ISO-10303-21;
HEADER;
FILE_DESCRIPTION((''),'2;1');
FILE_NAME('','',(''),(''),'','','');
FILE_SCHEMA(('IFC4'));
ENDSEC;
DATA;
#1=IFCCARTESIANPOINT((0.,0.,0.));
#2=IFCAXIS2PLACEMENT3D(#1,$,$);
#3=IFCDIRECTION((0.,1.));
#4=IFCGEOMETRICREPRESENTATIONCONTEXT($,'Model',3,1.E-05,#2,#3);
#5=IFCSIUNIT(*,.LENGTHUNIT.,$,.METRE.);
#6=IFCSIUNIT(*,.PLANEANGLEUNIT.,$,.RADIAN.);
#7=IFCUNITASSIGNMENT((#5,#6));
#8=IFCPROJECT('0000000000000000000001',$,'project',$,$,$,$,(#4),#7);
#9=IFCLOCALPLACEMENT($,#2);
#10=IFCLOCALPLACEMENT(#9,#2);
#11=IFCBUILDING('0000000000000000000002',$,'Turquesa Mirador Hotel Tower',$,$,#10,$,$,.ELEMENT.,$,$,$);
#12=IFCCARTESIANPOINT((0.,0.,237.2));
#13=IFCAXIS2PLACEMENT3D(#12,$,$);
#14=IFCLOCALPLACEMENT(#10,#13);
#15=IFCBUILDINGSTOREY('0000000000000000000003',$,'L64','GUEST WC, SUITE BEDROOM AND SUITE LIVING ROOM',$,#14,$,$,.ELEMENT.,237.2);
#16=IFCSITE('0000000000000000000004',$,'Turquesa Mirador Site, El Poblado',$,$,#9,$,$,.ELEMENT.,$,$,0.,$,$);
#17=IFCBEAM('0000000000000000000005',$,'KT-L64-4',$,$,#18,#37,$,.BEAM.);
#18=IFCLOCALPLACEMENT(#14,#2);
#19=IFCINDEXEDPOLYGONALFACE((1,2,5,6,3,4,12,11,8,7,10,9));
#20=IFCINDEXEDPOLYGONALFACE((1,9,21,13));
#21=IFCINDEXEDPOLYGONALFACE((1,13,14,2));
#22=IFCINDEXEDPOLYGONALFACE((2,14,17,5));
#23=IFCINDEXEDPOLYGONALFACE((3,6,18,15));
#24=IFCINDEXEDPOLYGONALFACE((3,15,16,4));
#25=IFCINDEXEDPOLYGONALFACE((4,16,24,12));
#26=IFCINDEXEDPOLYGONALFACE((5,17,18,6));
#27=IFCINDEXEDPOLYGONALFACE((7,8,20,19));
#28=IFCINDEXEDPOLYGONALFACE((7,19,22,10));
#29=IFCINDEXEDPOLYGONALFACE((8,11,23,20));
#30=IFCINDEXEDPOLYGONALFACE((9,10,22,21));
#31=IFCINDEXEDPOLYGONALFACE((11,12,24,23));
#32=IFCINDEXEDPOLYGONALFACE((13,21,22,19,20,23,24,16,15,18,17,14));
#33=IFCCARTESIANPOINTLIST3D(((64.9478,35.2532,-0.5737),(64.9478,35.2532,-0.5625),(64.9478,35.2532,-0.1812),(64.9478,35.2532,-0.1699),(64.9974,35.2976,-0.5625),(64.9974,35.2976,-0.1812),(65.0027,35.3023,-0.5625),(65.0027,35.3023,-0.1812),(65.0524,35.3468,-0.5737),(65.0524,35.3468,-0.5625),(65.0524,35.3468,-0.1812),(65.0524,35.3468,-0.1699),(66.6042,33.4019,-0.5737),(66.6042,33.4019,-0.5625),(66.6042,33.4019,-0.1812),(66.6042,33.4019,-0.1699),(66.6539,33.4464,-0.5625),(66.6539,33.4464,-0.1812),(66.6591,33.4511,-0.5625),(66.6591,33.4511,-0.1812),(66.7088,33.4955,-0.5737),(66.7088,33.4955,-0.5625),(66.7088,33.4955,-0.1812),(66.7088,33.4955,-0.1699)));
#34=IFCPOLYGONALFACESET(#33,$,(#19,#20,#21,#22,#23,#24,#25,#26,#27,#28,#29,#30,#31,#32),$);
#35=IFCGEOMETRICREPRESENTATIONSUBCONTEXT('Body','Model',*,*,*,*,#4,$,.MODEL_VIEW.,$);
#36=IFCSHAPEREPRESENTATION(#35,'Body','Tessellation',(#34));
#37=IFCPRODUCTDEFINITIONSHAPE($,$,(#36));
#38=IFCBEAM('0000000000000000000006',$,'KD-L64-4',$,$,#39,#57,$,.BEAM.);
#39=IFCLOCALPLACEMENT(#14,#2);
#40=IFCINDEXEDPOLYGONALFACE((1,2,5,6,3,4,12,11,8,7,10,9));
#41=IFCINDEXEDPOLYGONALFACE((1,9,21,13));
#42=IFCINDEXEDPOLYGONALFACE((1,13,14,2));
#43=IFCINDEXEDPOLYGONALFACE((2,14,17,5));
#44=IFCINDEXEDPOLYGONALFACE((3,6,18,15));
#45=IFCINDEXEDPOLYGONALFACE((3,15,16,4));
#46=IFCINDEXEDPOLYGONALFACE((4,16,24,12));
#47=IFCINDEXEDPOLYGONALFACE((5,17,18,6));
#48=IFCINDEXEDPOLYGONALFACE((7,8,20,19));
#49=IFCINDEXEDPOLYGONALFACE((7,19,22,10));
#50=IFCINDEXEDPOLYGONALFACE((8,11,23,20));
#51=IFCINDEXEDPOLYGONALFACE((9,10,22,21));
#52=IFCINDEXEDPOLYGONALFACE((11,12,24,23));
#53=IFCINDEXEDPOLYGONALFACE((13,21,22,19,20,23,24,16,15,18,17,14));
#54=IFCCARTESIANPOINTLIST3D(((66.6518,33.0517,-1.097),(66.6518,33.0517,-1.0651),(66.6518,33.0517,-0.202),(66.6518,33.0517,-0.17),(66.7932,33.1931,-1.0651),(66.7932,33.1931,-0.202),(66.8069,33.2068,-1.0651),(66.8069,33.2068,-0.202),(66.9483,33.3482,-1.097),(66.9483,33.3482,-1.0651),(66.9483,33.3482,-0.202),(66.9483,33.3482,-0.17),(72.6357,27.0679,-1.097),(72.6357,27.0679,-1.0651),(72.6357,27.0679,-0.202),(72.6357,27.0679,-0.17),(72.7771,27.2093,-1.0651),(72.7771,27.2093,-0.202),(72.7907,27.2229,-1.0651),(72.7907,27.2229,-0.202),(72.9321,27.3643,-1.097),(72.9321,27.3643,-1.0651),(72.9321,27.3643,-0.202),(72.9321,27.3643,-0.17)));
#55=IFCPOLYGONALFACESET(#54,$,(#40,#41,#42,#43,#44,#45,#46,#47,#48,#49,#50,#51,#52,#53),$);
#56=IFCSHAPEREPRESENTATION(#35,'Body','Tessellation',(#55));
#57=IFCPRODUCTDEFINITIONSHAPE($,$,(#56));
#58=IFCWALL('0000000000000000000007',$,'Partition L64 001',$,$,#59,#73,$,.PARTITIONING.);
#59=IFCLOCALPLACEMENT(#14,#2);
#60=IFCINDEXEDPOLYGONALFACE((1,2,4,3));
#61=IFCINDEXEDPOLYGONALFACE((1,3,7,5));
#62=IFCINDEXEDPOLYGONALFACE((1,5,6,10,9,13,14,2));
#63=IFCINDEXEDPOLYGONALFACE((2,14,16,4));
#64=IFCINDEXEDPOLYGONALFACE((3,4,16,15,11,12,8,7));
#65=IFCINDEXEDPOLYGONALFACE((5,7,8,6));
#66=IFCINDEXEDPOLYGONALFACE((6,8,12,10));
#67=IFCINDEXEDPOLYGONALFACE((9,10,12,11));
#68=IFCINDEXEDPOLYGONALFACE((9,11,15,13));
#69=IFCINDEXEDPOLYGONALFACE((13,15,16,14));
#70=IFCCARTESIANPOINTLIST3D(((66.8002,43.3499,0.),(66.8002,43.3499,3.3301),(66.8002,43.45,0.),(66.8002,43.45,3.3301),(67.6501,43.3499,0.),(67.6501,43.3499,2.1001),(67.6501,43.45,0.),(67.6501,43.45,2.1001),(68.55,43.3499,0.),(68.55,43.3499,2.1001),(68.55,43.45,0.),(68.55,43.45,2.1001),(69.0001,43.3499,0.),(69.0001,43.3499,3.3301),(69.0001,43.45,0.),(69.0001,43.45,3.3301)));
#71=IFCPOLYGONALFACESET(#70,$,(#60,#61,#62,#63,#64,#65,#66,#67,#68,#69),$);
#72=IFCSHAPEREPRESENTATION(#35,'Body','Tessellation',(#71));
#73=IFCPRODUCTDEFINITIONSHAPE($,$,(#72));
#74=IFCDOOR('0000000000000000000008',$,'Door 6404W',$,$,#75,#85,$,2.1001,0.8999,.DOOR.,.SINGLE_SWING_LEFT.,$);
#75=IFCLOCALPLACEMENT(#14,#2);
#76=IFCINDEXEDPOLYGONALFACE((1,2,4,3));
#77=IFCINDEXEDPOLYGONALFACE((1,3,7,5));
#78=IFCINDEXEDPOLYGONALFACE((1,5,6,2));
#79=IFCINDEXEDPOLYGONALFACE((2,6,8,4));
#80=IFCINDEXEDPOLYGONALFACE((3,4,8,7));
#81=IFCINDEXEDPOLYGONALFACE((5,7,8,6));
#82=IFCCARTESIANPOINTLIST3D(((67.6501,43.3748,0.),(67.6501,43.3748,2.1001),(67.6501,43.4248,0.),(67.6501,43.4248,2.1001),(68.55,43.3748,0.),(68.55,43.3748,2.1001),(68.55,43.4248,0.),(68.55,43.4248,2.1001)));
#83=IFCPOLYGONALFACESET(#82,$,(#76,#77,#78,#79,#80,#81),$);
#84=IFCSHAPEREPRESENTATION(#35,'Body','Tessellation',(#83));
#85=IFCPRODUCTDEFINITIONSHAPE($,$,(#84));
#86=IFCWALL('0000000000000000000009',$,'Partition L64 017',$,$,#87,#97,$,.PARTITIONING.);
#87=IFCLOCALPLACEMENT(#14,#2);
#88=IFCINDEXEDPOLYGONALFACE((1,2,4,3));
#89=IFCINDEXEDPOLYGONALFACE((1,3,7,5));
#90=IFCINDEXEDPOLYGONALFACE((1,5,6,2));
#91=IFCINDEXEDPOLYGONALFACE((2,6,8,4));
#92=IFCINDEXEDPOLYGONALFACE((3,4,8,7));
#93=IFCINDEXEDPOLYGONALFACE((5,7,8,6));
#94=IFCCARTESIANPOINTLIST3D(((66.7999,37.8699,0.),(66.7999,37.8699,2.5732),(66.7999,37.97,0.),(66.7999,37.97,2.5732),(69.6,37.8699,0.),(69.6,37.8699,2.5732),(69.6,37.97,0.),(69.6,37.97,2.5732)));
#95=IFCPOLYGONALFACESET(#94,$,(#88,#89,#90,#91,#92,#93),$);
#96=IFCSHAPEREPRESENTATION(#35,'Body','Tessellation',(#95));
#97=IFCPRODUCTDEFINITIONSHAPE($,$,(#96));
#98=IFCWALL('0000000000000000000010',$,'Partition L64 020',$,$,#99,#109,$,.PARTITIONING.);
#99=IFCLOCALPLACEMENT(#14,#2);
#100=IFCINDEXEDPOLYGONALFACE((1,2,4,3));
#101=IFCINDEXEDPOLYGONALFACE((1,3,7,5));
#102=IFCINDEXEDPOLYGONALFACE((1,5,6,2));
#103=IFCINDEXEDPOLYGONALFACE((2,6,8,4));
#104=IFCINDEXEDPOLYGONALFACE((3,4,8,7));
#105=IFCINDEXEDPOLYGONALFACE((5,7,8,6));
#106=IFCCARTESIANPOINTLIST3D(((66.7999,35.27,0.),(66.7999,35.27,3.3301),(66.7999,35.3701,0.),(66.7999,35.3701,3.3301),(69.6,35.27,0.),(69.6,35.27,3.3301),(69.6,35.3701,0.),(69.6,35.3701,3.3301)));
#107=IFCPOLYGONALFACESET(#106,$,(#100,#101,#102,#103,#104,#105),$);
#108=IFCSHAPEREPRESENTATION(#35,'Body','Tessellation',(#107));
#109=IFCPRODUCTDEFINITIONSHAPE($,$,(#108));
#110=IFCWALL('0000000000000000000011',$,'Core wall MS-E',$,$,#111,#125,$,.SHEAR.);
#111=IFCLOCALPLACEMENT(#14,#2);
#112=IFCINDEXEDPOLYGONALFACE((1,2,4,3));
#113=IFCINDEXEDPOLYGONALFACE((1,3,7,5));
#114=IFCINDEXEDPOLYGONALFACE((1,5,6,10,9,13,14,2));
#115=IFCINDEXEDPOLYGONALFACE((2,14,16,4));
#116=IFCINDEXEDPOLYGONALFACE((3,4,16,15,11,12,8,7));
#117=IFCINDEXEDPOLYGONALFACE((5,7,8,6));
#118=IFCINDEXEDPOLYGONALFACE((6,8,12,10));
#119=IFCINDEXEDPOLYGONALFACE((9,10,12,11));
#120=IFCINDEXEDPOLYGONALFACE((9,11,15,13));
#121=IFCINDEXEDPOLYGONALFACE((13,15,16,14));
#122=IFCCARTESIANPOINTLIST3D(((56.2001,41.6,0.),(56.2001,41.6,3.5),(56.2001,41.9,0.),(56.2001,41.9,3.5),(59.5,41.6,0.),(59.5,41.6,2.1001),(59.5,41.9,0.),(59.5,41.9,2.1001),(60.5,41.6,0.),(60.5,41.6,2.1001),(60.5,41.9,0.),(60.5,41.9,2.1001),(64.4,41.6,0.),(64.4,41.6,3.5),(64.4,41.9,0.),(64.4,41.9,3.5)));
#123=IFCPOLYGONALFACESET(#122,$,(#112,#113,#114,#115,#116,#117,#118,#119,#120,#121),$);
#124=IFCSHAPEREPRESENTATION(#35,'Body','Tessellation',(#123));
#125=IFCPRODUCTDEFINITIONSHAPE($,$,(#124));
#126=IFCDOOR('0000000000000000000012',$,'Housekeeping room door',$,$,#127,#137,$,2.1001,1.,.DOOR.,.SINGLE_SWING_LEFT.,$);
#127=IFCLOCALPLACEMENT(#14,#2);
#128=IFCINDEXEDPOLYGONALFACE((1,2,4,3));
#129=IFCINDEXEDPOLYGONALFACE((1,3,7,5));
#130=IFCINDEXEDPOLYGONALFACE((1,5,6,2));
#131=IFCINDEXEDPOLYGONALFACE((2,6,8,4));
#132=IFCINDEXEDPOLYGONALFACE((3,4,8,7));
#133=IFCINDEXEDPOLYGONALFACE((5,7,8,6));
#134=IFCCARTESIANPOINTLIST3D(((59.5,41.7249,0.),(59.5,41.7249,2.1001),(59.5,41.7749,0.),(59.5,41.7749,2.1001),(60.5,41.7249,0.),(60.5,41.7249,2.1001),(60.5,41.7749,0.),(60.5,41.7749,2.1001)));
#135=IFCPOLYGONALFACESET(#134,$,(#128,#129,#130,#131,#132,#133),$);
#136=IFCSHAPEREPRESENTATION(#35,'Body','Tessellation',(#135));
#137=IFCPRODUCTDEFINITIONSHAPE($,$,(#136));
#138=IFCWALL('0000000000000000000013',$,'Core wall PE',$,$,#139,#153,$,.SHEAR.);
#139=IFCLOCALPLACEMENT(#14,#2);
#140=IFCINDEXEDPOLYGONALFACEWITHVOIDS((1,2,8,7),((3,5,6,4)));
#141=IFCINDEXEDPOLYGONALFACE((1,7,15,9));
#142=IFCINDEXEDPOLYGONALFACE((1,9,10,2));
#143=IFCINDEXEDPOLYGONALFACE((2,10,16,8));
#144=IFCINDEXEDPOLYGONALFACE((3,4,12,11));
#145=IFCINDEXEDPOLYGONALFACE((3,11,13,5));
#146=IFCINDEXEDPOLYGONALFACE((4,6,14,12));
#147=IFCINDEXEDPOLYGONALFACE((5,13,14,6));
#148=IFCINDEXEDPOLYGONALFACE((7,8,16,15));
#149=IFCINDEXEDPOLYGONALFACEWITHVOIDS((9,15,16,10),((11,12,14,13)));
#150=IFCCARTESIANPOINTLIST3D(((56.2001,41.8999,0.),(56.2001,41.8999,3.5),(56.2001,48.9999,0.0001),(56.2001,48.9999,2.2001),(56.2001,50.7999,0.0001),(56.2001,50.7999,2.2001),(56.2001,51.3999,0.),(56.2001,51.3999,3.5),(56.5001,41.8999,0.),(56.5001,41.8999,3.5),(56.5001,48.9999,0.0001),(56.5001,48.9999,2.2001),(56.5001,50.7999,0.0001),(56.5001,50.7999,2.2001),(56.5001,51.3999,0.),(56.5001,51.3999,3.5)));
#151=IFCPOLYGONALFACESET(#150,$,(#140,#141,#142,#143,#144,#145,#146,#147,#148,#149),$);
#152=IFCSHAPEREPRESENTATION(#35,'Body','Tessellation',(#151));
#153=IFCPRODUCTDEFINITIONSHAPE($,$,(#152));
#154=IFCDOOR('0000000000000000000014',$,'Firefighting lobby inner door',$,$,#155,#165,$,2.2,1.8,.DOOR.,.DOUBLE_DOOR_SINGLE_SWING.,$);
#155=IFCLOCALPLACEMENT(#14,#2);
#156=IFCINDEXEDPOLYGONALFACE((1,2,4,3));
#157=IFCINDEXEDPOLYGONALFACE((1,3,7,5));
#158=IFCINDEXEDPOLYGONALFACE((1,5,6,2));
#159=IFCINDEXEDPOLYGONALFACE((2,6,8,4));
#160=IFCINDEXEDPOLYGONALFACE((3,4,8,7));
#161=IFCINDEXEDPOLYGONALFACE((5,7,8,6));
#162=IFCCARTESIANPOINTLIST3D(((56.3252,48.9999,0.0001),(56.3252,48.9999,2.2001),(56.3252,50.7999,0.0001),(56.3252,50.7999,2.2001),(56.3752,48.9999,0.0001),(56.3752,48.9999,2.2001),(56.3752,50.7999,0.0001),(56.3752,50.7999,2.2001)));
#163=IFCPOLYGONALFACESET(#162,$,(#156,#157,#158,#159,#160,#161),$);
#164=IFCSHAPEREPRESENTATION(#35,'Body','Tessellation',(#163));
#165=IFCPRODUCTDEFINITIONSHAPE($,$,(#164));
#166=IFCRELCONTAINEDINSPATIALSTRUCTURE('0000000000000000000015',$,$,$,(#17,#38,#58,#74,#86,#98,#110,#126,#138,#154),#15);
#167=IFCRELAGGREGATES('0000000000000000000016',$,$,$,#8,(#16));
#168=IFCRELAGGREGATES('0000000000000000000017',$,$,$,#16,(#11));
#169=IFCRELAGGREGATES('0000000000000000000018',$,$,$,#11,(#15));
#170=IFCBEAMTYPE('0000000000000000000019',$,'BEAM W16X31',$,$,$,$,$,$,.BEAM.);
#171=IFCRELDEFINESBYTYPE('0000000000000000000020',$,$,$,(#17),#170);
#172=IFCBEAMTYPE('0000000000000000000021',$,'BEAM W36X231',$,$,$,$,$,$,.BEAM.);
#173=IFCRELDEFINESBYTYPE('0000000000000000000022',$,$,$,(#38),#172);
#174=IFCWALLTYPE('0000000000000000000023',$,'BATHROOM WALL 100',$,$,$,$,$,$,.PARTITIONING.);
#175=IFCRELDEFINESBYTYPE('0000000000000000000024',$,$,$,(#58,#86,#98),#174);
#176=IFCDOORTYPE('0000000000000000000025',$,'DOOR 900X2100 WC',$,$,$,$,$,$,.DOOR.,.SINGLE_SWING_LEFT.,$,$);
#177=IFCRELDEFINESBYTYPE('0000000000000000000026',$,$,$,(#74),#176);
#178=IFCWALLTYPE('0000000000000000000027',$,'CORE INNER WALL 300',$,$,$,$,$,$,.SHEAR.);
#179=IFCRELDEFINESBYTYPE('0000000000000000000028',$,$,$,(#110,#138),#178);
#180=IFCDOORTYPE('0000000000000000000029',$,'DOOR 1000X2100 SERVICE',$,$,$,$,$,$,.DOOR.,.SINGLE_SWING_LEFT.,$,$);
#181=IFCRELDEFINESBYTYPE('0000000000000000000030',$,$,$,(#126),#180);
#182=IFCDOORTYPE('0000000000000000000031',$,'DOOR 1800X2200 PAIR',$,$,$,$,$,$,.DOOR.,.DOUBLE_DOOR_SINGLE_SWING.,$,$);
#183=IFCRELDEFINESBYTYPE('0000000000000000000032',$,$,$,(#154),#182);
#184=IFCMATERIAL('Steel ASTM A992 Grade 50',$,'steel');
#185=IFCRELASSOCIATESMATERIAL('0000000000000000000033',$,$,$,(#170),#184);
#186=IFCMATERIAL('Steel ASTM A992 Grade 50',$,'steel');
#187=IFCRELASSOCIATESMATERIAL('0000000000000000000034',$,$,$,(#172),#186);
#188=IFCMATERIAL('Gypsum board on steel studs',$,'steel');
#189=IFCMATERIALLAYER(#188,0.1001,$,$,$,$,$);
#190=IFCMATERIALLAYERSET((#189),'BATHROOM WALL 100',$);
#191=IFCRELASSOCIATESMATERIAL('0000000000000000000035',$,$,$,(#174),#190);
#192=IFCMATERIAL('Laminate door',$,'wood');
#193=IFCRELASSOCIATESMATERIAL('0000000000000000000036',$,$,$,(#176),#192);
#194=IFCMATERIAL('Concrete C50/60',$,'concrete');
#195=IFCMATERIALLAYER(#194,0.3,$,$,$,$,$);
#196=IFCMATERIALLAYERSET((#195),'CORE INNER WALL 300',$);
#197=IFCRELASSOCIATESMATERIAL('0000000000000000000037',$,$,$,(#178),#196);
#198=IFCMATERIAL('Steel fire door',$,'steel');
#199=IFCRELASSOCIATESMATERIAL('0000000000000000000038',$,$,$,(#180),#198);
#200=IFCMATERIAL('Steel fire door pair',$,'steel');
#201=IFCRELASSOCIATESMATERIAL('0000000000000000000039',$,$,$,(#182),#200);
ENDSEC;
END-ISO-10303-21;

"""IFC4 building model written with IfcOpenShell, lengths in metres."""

from ifc_helpers import new_model, si_unit, direction, frame, frame_2d, origin, origin_2d, place, context, subcontext, project, spatial, rectangle, i_section, extrude, material, layer, layer_set, material_profile, profile_set, type_object, element, fill, save


model = new_model("IFC4")

# Units and contexts
model_context = context("Model", 3, precision=1e-05, world=origin(), true_north=direction((0.0, 1.0)))
body_context = subcontext(model_context, "Body", "Model", "MODEL_VIEW")
ifc_project = project(units=[si_unit("LENGTHUNIT", "METRE"), si_unit("PLANEANGLEUNIT", "RADIAN")], contexts=[model_context])

# Site, building, storey
site_placement = place(None, origin())
site = spatial("IfcSite", under=ifc_project, at=site_placement, Name="Turquesa Mirador Site, El Poblado", CompositionType="ELEMENT", RefElevation=0.0)
building_placement = place(site_placement, origin())
building = spatial("IfcBuilding", under=site, at=building_placement, Name="Turquesa Mirador Hotel Tower", CompositionType="ELEMENT")
storey_placement = place(building_placement, frame((0.0, 0.0, 237.2)))
storey = spatial("IfcBuildingStorey", under=building, at=storey_placement, Name="L64", Description="GUEST WC, SUITE BEDROOM AND SUITE LIVING ROOM", CompositionType="ELEMENT", Elevation=237.2)

# Beams
ifc_material_1 = material(Name="Steel ASTM A992 Grade 50", Category="steel")
ifc_material_profile_1 = material_profile(ifc_material_1, i_section(OverallWidth=0.1404, OverallDepth=0.4038, WebThickness=0.0071, FlangeThickness=0.0112, at=origin_2d()), Name="W16X31")
ifc_profile_set_1 = profile_set([ifc_material_profile_1], Name="Steel ASTM A992 Grade 50")
beam_type_1 = type_object("IfcBeamType", Name="BEAM W16X31", PredefinedType="BEAM", material=ifc_profile_set_1)
beam_1_placement = place(storey_placement, frame((66.6565, 33.4487, -0.3718), z_axis=(-0.666806, 0.745231, 0.0), x_axis=(-0.745231, -0.666806, 0.0)))
element("IfcBeam", 1, at=beam_1_placement, inside=storey, type_object=beam_type_1, Name="KT-L64-4", PredefinedType="BEAM", context=body_context, shape_type="SweptSolid", body=[
    extrude(i_section(OverallWidth=0.1404, OverallDepth=0.4038, WebThickness=0.0071, FlangeThickness=0.0112, at=origin_2d()), origin(), (0.0, 0.0, 1.0), 2.4841),
])
ifc_material_2 = material(Name="Steel ASTM A992 Grade 50", Category="steel")
ifc_material_profile_2 = material_profile(ifc_material_2, i_section(OverallWidth=0.4192, OverallDepth=0.927, WebThickness=0.0193, FlangeThickness=0.032, at=origin_2d()), Name="W36X231")
ifc_profile_set_2 = profile_set([ifc_material_profile_2], Name="Steel ASTM A992 Grade 50")
beam_type_2 = type_object("IfcBeamType", Name="BEAM W36X231", PredefinedType="BEAM", material=ifc_profile_set_2)
beam_2_placement = place(storey_placement, frame((66.8, 33.2, -0.6335), z_axis=(0.707107, -0.707107, 0.0), x_axis=(0.707107, 0.707107, 0.0)))
element("IfcBeam", 2, at=beam_2_placement, inside=storey, type_object=beam_type_2, Name="KD-L64-4", PredefinedType="BEAM", context=body_context, shape_type="SweptSolid", body=[
    extrude(i_section(OverallWidth=0.4192, OverallDepth=0.927, WebThickness=0.0193, FlangeThickness=0.032, at=origin_2d()), origin(), (0.0, 0.0, 1.0), 8.4624),
])

# Wall, opening, door
ifc_material_3 = material(Name="Gypsum board on steel studs", Category="steel")
ifc_layer_1 = layer(ifc_material_3, 0.1001)
ifc_layer_set_1 = layer_set([ifc_layer_1], Name="BATHROOM WALL 100")
wall_type_1 = type_object("IfcWallType", Name="BATHROOM WALL 100", PredefinedType="PARTITIONING", material=ifc_layer_set_1)
wall_1_placement = place(storey_placement, frame((66.8, 43.3999, 0.0), z_axis=(0.0, 0.0, 1.0), x_axis=(1.0, 0.0, 0.0)))
wall_1 = element("IfcWall", 3, at=wall_1_placement, inside=storey, type_object=wall_type_1, Name="Partition L64 001", PredefinedType="PARTITIONING", context=body_context, shape_type="SweptSolid", body=[
    extrude(rectangle(XDim=2.2, YDim=0.1001, at=frame_2d((1.1001, 0.0))), origin(), (0.0, 0.0, 1.0), 3.3301),
])
opening_1_placement = place(wall_1_placement, frame((0.8501, 0.0, 0.0)))
opening_1 = element("IfcOpeningElement", 4, at=opening_1_placement, cuts=wall_1, PredefinedType="OPENING", context=body_context, shape_type="SweptSolid", body=[
    extrude(rectangle(XDim=0.8999, YDim=2.1001, at=frame_2d((0.45, 1.05))), frame((0.0, 0.0601, 0.0), z_axis=(0.0, -1.0, 0.0), x_axis=(1.0, 0.0, 0.0)), (0.0, 0.0, 1.0), 0.1201),
])
ifc_material_4 = material(Name="Laminate door", Category="wood")
door_type_1 = type_object("IfcDoorType", Name="DOOR 900X2100 WC", OperationType="SINGLE_SWING_LEFT", PredefinedType="DOOR", material=ifc_material_4)
door_1_placement = place(opening_1_placement, origin())
door_1 = element("IfcDoor", 5, at=door_1_placement, inside=storey, type_object=door_type_1, Name="Door 6404W", OperationType="SINGLE_SWING_LEFT", OverallHeight=2.1001, OverallWidth=0.8999, PredefinedType="DOOR", context=body_context, shape_type="SweptSolid", body=[
    extrude(rectangle(XDim=0.8999, YDim=2.1001, at=frame_2d((0.45, 1.05))), frame((0.0, 0.0249, 0.0), z_axis=(0.0, -1.0, 0.0), x_axis=(1.0, 0.0, 0.0)), (0.0, 0.0, 1.0), 0.05),
])
fill(opening_1, door_1)

# Walls
wall_2_placement = place(storey_placement, frame((66.8, 37.9199, 0.0), z_axis=(0.0, 0.0, 1.0), x_axis=(1.0, 0.0, 0.0)))
element("IfcWall", 6, at=wall_2_placement, inside=storey, type_object=wall_type_1, Name="Partition L64 017", PredefinedType="PARTITIONING", context=body_context, shape_type="SweptSolid", body=[
    extrude(rectangle(XDim=2.8, YDim=0.1001, at=frame_2d((1.3999, 0.0))), origin(), (0.0, 0.0, 1.0), 2.5732),
])
wall_3_placement = place(storey_placement, frame((66.8, 35.3201, 0.0), z_axis=(0.0, 0.0, 1.0), x_axis=(1.0, 0.0, 0.0)))
element("IfcWall", 7, at=wall_3_placement, inside=storey, type_object=wall_type_1, Name="Partition L64 020", PredefinedType="PARTITIONING", context=body_context, shape_type="SweptSolid", body=[
    extrude(rectangle(XDim=2.8, YDim=0.1001, at=frame_2d((1.3999, 0.0))), origin(), (0.0, 0.0, 1.0), 3.3301),
])

# Walls, openings, doors
ifc_material_5 = material(Name="Concrete C50/60", Category="concrete")
ifc_layer_2 = layer(ifc_material_5, 0.3)
ifc_layer_set_2 = layer_set([ifc_layer_2], Name="CORE INNER WALL 300")
wall_type_2 = type_object("IfcWallType", Name="CORE INNER WALL 300", PredefinedType="SHEAR", material=ifc_layer_set_2)
wall_4_placement = place(storey_placement, frame((56.2, 41.75, 0.0), z_axis=(0.0, 0.0, 1.0), x_axis=(1.0, 0.0, 0.0)))
wall_4 = element("IfcWall", 8, at=wall_4_placement, inside=storey, type_object=wall_type_2, Name="Core wall MS-E", PredefinedType="SHEAR", context=body_context, shape_type="SweptSolid", body=[
    extrude(rectangle(XDim=8.2, YDim=0.3, at=frame_2d((4.1001, 0.0))), origin(), (0.0, 0.0, 1.0), 3.5),
])
opening_2_placement = place(wall_4_placement, frame((3.3, 0.0, 0.0)))
opening_2 = element("IfcOpeningElement", 9, at=opening_2_placement, cuts=wall_4, PredefinedType="OPENING", context=body_context, shape_type="SweptSolid", body=[
    extrude(rectangle(XDim=1.0, YDim=2.1001, at=frame_2d((0.5, 1.05))), frame((0.0, 0.1599, 0.0), z_axis=(0.0, -1.0, 0.0), x_axis=(1.0, 0.0, 0.0)), (0.0, 0.0, 1.0), 0.3201),
])
ifc_material_6 = material(Name="Steel fire door", Category="steel")
door_type_2 = type_object("IfcDoorType", Name="DOOR 1000X2100 SERVICE", OperationType="SINGLE_SWING_LEFT", PredefinedType="DOOR", material=ifc_material_6)
door_2_placement = place(opening_2_placement, origin())
door_2 = element("IfcDoor", 10, at=door_2_placement, inside=storey, type_object=door_type_2, Name="Housekeeping room door", OperationType="SINGLE_SWING_LEFT", OverallHeight=2.1001, OverallWidth=1.0, PredefinedType="DOOR", context=body_context, shape_type="SweptSolid", body=[
    extrude(rectangle(XDim=1.0, YDim=2.1001, at=frame_2d((0.5, 1.05))), frame((0.0, 0.0249, 0.0), z_axis=(0.0, -1.0, 0.0), x_axis=(1.0, 0.0, 0.0)), (0.0, 0.0, 1.0), 0.05),
])
fill(opening_2, door_2)
wall_5_placement = place(storey_placement, frame((56.3501, 41.8999, 0.0), z_axis=(0.0, 0.0, 1.0), x_axis=(0.0, 1.0, 0.0)))
wall_5 = element("IfcWall", 11, at=wall_5_placement, inside=storey, type_object=wall_type_2, Name="Core wall PE", PredefinedType="SHEAR", context=body_context, shape_type="SweptSolid", body=[
    extrude(rectangle(XDim=9.5, YDim=0.3, at=frame_2d((4.75, 0.0))), origin(), (0.0, 0.0, 1.0), 3.5),
])
opening_3_placement = place(wall_5_placement, frame((7.1001, 0.0, 0.0)))
opening_3 = element("IfcOpeningElement", 12, at=opening_3_placement, cuts=wall_5, PredefinedType="OPENING", context=body_context, shape_type="SweptSolid", body=[
    extrude(rectangle(XDim=1.8, YDim=2.2, at=frame_2d((0.8999, 1.1001))), frame((0.0, 0.1599, 0.0), z_axis=(0.0, -1.0, 0.0), x_axis=(1.0, 0.0, 0.0)), (0.0, 0.0, 1.0), 0.3201),
])
ifc_material_7 = material(Name="Steel fire door pair", Category="steel")
door_type_3 = type_object("IfcDoorType", Name="DOOR 1800X2200 PAIR", OperationType="DOUBLE_DOOR_SINGLE_SWING", PredefinedType="DOOR", material=ifc_material_7)
door_3_placement = place(opening_3_placement, origin())
door_3 = element("IfcDoor", 13, at=door_3_placement, inside=storey, type_object=door_type_3, Name="Firefighting lobby inner door", OperationType="DOUBLE_DOOR_SINGLE_SWING", OverallHeight=2.2, OverallWidth=1.8, PredefinedType="DOOR", context=body_context, shape_type="SweptSolid", body=[
    extrude(rectangle(XDim=1.8, YDim=2.2, at=frame_2d((0.8999, 1.1001))), frame((0.0, 0.0249, 0.0), z_axis=(0.0, -1.0, 0.0), x_axis=(1.0, 0.0, 0.0)), (0.0, 0.0, 1.0), 0.05),
])
fill(opening_3, door_3)

save(model, "model.ifc")
